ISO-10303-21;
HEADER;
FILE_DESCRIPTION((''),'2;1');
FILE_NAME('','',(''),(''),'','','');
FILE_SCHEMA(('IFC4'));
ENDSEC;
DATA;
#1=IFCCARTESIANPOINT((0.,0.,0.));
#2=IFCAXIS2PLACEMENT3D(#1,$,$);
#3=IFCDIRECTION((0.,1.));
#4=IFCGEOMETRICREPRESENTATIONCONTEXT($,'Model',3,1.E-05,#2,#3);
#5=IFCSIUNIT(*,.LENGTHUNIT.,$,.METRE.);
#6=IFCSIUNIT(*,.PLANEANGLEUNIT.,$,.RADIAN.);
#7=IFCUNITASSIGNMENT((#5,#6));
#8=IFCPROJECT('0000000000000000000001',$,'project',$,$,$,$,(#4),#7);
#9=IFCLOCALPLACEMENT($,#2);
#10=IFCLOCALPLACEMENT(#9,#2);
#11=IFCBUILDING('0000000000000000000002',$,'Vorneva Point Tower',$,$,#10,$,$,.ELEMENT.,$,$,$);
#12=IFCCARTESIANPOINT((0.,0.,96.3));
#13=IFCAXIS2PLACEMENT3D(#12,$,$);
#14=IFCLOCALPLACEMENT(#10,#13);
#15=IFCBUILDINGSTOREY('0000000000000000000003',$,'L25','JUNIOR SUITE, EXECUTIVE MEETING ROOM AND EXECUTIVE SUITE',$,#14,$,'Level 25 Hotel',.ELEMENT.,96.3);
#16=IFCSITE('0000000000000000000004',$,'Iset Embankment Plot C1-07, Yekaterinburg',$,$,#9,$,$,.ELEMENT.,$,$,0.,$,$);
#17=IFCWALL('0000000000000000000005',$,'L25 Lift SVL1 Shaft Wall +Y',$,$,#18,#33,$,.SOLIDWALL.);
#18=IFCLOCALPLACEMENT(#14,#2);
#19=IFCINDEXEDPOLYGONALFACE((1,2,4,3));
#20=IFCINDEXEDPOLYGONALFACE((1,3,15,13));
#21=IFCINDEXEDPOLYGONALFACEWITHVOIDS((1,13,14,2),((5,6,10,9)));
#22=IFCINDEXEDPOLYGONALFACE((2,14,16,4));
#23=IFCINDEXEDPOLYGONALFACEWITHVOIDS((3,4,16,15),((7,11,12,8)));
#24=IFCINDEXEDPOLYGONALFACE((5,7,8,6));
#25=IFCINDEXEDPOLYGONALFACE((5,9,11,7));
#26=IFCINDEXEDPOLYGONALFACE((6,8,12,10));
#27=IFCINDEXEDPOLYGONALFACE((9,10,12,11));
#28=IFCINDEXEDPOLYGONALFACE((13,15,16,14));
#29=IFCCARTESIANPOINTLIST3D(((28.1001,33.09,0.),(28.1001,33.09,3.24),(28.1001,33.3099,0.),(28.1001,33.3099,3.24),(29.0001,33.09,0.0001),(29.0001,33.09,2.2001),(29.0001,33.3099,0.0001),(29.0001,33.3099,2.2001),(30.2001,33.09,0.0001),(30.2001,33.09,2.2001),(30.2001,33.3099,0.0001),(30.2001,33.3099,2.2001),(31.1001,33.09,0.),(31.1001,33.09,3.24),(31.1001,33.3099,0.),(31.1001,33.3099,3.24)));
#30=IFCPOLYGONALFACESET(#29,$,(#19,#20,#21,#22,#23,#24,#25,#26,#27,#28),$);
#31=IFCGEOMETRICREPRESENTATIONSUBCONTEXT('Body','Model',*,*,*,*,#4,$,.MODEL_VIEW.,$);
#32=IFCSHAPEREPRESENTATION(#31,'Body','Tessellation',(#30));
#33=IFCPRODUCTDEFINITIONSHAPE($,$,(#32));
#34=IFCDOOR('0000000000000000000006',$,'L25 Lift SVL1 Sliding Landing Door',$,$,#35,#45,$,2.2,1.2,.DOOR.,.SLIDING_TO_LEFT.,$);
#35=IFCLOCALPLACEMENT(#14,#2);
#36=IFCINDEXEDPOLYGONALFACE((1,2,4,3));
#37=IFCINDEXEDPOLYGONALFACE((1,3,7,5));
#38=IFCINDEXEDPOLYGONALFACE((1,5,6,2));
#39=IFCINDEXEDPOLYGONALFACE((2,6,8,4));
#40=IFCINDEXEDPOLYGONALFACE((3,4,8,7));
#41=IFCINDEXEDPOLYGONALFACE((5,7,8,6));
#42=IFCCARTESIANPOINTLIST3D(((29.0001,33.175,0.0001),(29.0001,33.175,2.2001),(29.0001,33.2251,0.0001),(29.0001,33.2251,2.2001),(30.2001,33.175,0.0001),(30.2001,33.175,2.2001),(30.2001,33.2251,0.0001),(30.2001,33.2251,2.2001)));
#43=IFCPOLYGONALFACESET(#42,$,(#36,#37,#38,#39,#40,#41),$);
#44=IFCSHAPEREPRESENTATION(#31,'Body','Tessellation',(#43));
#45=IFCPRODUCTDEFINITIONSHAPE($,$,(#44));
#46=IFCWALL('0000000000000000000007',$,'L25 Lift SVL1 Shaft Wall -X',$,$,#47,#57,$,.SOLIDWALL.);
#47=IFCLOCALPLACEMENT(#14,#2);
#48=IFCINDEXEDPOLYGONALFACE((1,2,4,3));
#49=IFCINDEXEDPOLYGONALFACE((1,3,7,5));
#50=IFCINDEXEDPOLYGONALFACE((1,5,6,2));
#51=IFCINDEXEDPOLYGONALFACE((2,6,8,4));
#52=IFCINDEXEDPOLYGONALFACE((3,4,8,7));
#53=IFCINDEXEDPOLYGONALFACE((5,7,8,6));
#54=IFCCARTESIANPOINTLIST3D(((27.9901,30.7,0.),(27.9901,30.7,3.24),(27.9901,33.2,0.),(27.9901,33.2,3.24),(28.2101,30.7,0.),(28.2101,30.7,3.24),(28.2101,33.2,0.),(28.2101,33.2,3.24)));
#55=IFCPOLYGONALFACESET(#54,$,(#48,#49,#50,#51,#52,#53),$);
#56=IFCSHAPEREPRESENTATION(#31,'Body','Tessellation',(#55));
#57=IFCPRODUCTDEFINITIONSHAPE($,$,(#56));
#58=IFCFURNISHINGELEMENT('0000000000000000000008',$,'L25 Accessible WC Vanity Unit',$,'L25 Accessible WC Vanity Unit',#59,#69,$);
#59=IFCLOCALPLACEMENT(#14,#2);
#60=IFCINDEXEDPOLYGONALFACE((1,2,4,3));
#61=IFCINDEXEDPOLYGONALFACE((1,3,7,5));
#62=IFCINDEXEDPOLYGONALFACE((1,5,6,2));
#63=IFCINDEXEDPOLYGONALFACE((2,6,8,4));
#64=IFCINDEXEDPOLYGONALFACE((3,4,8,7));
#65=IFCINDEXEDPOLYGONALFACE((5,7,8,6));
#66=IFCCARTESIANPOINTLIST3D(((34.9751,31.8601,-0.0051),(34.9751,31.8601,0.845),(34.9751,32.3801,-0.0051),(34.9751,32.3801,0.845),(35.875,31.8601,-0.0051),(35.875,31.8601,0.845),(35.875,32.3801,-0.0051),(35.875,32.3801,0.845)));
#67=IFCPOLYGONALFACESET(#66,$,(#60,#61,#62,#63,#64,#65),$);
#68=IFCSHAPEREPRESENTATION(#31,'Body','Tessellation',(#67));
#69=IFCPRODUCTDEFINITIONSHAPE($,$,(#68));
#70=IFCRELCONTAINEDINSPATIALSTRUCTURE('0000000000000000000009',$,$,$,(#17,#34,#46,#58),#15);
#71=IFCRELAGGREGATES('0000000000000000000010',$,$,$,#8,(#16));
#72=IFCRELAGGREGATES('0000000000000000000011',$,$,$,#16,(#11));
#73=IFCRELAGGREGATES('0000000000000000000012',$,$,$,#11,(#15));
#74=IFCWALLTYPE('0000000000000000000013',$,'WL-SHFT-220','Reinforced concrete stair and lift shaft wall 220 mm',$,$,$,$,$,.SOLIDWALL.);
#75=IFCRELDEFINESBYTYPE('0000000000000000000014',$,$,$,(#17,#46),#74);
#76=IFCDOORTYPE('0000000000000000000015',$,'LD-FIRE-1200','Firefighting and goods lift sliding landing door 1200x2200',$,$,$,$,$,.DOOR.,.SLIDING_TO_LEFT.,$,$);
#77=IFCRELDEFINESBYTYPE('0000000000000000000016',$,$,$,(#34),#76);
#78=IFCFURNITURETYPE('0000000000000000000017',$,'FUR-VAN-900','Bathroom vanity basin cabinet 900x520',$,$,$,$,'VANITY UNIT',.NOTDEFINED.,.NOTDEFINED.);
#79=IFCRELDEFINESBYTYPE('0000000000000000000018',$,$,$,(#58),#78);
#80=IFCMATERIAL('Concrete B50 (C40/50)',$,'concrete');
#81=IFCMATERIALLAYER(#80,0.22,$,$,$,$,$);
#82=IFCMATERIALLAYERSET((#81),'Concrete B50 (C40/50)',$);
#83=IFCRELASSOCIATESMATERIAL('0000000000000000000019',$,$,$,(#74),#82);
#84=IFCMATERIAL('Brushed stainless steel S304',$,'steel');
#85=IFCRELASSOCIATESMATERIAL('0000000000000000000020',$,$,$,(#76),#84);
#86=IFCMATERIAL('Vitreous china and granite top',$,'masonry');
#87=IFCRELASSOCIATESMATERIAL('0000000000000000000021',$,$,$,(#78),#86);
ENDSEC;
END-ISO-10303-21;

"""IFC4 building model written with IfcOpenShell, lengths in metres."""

from ifc_helpers import new_model, si_unit, direction, frame, frame_2d, origin, origin_2d, place, context, subcontext, project, spatial, rectangle, extrude, material, layer, layer_set, type_object, element, fill, save


model = new_model("IFC4")

# Units and contexts
model_context = context("Model", 3, precision=1e-05, world=origin(), true_north=direction((0.0, 1.0)))
body_context = subcontext(model_context, "Body", "Model", "MODEL_VIEW")
ifc_project = project(units=[si_unit("LENGTHUNIT", "METRE"), si_unit("PLANEANGLEUNIT", "RADIAN")], contexts=[model_context])

# Site, building, storey
site_placement = place(None, origin())
site = spatial("IfcSite", under=ifc_project, at=site_placement, Name="Iset Embankment Plot C1-07, Yekaterinburg", CompositionType="ELEMENT", RefElevation=0.0)
building_placement = place(site_placement, origin())
building = spatial("IfcBuilding", under=site, at=building_placement, Name="Vorneva Point Tower", CompositionType="ELEMENT")
storey_placement = place(building_placement, frame((0.0, 0.0, 96.3)))
storey = spatial("IfcBuildingStorey", under=building, at=storey_placement, Name="L25", Description="JUNIOR SUITE, EXECUTIVE MEETING ROOM AND EXECUTIVE SUITE", LongName="Level 25 Hotel", CompositionType="ELEMENT", Elevation=96.3)

# Shared definitions
ifc_material_1 = material(Name="Concrete B50 (C40/50)", Category="concrete")
ifc_layer_1 = layer(ifc_material_1, 0.22)
ifc_layer_set_1 = layer_set([ifc_layer_1], Name="Concrete B50 (C40/50)")
wall_type_1 = type_object("IfcWallType", Name="WL-SHFT-220", Description="Reinforced concrete stair and lift shaft wall 220 mm", PredefinedType="SOLIDWALL", material=ifc_layer_set_1)

# Wall, opening, door
wall_1_placement = place(storey_placement, frame((31.1001, 33.2, 0.0), z_axis=(0.0, 0.0, 1.0), x_axis=(-1.0, 0.0, 0.0)))
wall_1 = element("IfcWall", 1, at=wall_1_placement, inside=storey, type_object=wall_type_1, Name="L25 Lift SVL1 Shaft Wall +Y", PredefinedType="SOLIDWALL", context=body_context, shape_type="SweptSolid", body=[
    extrude(rectangle(XDim=3.0, YDim=0.22, at=frame_2d((1.5, 0.0))), origin(), (0.0, 0.0, 1.0), 3.24),
])
opening_1_placement = place(wall_1_placement, frame((0.8999, 0.0, 0.0)))
opening_1 = element("IfcOpeningElement", 2, at=opening_1_placement, cuts=wall_1, PredefinedType="OPENING", context=body_context, shape_type="SweptSolid", body=[
    extrude(rectangle(XDim=1.2, YDim=2.2, at=frame_2d((0.6001, 1.1001))), frame((0.0, 0.125, 0.0), z_axis=(0.0, -1.0, 0.0), x_axis=(1.0, 0.0, 0.0)), (0.0, 0.0, 1.0), 0.2498),
])
ifc_material_2 = material(Name="Brushed stainless steel S304", Category="steel")
door_type_1 = type_object("IfcDoorType", Name="LD-FIRE-1200", Description="Firefighting and goods lift sliding landing door 1200x2200", OperationType="SLIDING_TO_LEFT", PredefinedType="DOOR", material=ifc_material_2)
door_1_placement = place(opening_1_placement, origin())
door_1 = element("IfcDoor", 3, at=door_1_placement, inside=storey, type_object=door_type_1, Name="L25 Lift SVL1 Sliding Landing Door", OperationType="SLIDING_TO_LEFT", OverallHeight=2.2, OverallWidth=1.2, PredefinedType="DOOR", context=body_context, shape_type="SweptSolid", body=[
    extrude(rectangle(XDim=1.2, YDim=2.2, at=frame_2d((0.6001, 1.1001))), frame((0.0, 0.0249, 0.0), z_axis=(0.0, -1.0, 0.0), x_axis=(1.0, 0.0, 0.0)), (0.0, 0.0, 1.0), 0.05),
])
fill(opening_1, door_1)

# Wall
wall_2_placement = place(storey_placement, frame((28.1001, 33.2, 0.0), z_axis=(0.0, 0.0, 1.0), x_axis=(0.0, -1.0, 0.0)))
element("IfcWall", 4, at=wall_2_placement, inside=storey, type_object=wall_type_1, Name="L25 Lift SVL1 Shaft Wall -X", PredefinedType="SOLIDWALL", context=body_context, shape_type="SweptSolid", body=[
    extrude(rectangle(XDim=2.5, YDim=0.22, at=frame_2d((1.25, 0.0))), origin(), (0.0, 0.0, 1.0), 3.24),
])

# Furnishing element
ifc_material_3 = material(Name="Vitreous china and granite top", Category="masonry")
furniture_type = type_object("IfcFurnitureType", Name="FUR-VAN-900", Description="Bathroom vanity basin cabinet 900x520", ElementType="VANITY UNIT", AssemblyPlace="NOTDEFINED", PredefinedType="NOTDEFINED", material=ifc_material_3)
furnishing_placement = place(storey_placement, frame((35.425, 32.1201, -0.0051), z_axis=(0.0, 0.0, 1.0), x_axis=(1.0, 0.0, 0.0)))
element("IfcFurnishingElement", 5, at=furnishing_placement, inside=storey, type_object=furniture_type, Name="L25 Accessible WC Vanity Unit", ObjectType="L25 Accessible WC Vanity Unit", context=body_context, shape_type="SweptSolid", body=[
    extrude(rectangle(XDim=0.8999, YDim=0.52, at=origin_2d()), origin(), (0.0, 0.0, 1.0), 0.8501),
])

save(model, "model.ifc")
